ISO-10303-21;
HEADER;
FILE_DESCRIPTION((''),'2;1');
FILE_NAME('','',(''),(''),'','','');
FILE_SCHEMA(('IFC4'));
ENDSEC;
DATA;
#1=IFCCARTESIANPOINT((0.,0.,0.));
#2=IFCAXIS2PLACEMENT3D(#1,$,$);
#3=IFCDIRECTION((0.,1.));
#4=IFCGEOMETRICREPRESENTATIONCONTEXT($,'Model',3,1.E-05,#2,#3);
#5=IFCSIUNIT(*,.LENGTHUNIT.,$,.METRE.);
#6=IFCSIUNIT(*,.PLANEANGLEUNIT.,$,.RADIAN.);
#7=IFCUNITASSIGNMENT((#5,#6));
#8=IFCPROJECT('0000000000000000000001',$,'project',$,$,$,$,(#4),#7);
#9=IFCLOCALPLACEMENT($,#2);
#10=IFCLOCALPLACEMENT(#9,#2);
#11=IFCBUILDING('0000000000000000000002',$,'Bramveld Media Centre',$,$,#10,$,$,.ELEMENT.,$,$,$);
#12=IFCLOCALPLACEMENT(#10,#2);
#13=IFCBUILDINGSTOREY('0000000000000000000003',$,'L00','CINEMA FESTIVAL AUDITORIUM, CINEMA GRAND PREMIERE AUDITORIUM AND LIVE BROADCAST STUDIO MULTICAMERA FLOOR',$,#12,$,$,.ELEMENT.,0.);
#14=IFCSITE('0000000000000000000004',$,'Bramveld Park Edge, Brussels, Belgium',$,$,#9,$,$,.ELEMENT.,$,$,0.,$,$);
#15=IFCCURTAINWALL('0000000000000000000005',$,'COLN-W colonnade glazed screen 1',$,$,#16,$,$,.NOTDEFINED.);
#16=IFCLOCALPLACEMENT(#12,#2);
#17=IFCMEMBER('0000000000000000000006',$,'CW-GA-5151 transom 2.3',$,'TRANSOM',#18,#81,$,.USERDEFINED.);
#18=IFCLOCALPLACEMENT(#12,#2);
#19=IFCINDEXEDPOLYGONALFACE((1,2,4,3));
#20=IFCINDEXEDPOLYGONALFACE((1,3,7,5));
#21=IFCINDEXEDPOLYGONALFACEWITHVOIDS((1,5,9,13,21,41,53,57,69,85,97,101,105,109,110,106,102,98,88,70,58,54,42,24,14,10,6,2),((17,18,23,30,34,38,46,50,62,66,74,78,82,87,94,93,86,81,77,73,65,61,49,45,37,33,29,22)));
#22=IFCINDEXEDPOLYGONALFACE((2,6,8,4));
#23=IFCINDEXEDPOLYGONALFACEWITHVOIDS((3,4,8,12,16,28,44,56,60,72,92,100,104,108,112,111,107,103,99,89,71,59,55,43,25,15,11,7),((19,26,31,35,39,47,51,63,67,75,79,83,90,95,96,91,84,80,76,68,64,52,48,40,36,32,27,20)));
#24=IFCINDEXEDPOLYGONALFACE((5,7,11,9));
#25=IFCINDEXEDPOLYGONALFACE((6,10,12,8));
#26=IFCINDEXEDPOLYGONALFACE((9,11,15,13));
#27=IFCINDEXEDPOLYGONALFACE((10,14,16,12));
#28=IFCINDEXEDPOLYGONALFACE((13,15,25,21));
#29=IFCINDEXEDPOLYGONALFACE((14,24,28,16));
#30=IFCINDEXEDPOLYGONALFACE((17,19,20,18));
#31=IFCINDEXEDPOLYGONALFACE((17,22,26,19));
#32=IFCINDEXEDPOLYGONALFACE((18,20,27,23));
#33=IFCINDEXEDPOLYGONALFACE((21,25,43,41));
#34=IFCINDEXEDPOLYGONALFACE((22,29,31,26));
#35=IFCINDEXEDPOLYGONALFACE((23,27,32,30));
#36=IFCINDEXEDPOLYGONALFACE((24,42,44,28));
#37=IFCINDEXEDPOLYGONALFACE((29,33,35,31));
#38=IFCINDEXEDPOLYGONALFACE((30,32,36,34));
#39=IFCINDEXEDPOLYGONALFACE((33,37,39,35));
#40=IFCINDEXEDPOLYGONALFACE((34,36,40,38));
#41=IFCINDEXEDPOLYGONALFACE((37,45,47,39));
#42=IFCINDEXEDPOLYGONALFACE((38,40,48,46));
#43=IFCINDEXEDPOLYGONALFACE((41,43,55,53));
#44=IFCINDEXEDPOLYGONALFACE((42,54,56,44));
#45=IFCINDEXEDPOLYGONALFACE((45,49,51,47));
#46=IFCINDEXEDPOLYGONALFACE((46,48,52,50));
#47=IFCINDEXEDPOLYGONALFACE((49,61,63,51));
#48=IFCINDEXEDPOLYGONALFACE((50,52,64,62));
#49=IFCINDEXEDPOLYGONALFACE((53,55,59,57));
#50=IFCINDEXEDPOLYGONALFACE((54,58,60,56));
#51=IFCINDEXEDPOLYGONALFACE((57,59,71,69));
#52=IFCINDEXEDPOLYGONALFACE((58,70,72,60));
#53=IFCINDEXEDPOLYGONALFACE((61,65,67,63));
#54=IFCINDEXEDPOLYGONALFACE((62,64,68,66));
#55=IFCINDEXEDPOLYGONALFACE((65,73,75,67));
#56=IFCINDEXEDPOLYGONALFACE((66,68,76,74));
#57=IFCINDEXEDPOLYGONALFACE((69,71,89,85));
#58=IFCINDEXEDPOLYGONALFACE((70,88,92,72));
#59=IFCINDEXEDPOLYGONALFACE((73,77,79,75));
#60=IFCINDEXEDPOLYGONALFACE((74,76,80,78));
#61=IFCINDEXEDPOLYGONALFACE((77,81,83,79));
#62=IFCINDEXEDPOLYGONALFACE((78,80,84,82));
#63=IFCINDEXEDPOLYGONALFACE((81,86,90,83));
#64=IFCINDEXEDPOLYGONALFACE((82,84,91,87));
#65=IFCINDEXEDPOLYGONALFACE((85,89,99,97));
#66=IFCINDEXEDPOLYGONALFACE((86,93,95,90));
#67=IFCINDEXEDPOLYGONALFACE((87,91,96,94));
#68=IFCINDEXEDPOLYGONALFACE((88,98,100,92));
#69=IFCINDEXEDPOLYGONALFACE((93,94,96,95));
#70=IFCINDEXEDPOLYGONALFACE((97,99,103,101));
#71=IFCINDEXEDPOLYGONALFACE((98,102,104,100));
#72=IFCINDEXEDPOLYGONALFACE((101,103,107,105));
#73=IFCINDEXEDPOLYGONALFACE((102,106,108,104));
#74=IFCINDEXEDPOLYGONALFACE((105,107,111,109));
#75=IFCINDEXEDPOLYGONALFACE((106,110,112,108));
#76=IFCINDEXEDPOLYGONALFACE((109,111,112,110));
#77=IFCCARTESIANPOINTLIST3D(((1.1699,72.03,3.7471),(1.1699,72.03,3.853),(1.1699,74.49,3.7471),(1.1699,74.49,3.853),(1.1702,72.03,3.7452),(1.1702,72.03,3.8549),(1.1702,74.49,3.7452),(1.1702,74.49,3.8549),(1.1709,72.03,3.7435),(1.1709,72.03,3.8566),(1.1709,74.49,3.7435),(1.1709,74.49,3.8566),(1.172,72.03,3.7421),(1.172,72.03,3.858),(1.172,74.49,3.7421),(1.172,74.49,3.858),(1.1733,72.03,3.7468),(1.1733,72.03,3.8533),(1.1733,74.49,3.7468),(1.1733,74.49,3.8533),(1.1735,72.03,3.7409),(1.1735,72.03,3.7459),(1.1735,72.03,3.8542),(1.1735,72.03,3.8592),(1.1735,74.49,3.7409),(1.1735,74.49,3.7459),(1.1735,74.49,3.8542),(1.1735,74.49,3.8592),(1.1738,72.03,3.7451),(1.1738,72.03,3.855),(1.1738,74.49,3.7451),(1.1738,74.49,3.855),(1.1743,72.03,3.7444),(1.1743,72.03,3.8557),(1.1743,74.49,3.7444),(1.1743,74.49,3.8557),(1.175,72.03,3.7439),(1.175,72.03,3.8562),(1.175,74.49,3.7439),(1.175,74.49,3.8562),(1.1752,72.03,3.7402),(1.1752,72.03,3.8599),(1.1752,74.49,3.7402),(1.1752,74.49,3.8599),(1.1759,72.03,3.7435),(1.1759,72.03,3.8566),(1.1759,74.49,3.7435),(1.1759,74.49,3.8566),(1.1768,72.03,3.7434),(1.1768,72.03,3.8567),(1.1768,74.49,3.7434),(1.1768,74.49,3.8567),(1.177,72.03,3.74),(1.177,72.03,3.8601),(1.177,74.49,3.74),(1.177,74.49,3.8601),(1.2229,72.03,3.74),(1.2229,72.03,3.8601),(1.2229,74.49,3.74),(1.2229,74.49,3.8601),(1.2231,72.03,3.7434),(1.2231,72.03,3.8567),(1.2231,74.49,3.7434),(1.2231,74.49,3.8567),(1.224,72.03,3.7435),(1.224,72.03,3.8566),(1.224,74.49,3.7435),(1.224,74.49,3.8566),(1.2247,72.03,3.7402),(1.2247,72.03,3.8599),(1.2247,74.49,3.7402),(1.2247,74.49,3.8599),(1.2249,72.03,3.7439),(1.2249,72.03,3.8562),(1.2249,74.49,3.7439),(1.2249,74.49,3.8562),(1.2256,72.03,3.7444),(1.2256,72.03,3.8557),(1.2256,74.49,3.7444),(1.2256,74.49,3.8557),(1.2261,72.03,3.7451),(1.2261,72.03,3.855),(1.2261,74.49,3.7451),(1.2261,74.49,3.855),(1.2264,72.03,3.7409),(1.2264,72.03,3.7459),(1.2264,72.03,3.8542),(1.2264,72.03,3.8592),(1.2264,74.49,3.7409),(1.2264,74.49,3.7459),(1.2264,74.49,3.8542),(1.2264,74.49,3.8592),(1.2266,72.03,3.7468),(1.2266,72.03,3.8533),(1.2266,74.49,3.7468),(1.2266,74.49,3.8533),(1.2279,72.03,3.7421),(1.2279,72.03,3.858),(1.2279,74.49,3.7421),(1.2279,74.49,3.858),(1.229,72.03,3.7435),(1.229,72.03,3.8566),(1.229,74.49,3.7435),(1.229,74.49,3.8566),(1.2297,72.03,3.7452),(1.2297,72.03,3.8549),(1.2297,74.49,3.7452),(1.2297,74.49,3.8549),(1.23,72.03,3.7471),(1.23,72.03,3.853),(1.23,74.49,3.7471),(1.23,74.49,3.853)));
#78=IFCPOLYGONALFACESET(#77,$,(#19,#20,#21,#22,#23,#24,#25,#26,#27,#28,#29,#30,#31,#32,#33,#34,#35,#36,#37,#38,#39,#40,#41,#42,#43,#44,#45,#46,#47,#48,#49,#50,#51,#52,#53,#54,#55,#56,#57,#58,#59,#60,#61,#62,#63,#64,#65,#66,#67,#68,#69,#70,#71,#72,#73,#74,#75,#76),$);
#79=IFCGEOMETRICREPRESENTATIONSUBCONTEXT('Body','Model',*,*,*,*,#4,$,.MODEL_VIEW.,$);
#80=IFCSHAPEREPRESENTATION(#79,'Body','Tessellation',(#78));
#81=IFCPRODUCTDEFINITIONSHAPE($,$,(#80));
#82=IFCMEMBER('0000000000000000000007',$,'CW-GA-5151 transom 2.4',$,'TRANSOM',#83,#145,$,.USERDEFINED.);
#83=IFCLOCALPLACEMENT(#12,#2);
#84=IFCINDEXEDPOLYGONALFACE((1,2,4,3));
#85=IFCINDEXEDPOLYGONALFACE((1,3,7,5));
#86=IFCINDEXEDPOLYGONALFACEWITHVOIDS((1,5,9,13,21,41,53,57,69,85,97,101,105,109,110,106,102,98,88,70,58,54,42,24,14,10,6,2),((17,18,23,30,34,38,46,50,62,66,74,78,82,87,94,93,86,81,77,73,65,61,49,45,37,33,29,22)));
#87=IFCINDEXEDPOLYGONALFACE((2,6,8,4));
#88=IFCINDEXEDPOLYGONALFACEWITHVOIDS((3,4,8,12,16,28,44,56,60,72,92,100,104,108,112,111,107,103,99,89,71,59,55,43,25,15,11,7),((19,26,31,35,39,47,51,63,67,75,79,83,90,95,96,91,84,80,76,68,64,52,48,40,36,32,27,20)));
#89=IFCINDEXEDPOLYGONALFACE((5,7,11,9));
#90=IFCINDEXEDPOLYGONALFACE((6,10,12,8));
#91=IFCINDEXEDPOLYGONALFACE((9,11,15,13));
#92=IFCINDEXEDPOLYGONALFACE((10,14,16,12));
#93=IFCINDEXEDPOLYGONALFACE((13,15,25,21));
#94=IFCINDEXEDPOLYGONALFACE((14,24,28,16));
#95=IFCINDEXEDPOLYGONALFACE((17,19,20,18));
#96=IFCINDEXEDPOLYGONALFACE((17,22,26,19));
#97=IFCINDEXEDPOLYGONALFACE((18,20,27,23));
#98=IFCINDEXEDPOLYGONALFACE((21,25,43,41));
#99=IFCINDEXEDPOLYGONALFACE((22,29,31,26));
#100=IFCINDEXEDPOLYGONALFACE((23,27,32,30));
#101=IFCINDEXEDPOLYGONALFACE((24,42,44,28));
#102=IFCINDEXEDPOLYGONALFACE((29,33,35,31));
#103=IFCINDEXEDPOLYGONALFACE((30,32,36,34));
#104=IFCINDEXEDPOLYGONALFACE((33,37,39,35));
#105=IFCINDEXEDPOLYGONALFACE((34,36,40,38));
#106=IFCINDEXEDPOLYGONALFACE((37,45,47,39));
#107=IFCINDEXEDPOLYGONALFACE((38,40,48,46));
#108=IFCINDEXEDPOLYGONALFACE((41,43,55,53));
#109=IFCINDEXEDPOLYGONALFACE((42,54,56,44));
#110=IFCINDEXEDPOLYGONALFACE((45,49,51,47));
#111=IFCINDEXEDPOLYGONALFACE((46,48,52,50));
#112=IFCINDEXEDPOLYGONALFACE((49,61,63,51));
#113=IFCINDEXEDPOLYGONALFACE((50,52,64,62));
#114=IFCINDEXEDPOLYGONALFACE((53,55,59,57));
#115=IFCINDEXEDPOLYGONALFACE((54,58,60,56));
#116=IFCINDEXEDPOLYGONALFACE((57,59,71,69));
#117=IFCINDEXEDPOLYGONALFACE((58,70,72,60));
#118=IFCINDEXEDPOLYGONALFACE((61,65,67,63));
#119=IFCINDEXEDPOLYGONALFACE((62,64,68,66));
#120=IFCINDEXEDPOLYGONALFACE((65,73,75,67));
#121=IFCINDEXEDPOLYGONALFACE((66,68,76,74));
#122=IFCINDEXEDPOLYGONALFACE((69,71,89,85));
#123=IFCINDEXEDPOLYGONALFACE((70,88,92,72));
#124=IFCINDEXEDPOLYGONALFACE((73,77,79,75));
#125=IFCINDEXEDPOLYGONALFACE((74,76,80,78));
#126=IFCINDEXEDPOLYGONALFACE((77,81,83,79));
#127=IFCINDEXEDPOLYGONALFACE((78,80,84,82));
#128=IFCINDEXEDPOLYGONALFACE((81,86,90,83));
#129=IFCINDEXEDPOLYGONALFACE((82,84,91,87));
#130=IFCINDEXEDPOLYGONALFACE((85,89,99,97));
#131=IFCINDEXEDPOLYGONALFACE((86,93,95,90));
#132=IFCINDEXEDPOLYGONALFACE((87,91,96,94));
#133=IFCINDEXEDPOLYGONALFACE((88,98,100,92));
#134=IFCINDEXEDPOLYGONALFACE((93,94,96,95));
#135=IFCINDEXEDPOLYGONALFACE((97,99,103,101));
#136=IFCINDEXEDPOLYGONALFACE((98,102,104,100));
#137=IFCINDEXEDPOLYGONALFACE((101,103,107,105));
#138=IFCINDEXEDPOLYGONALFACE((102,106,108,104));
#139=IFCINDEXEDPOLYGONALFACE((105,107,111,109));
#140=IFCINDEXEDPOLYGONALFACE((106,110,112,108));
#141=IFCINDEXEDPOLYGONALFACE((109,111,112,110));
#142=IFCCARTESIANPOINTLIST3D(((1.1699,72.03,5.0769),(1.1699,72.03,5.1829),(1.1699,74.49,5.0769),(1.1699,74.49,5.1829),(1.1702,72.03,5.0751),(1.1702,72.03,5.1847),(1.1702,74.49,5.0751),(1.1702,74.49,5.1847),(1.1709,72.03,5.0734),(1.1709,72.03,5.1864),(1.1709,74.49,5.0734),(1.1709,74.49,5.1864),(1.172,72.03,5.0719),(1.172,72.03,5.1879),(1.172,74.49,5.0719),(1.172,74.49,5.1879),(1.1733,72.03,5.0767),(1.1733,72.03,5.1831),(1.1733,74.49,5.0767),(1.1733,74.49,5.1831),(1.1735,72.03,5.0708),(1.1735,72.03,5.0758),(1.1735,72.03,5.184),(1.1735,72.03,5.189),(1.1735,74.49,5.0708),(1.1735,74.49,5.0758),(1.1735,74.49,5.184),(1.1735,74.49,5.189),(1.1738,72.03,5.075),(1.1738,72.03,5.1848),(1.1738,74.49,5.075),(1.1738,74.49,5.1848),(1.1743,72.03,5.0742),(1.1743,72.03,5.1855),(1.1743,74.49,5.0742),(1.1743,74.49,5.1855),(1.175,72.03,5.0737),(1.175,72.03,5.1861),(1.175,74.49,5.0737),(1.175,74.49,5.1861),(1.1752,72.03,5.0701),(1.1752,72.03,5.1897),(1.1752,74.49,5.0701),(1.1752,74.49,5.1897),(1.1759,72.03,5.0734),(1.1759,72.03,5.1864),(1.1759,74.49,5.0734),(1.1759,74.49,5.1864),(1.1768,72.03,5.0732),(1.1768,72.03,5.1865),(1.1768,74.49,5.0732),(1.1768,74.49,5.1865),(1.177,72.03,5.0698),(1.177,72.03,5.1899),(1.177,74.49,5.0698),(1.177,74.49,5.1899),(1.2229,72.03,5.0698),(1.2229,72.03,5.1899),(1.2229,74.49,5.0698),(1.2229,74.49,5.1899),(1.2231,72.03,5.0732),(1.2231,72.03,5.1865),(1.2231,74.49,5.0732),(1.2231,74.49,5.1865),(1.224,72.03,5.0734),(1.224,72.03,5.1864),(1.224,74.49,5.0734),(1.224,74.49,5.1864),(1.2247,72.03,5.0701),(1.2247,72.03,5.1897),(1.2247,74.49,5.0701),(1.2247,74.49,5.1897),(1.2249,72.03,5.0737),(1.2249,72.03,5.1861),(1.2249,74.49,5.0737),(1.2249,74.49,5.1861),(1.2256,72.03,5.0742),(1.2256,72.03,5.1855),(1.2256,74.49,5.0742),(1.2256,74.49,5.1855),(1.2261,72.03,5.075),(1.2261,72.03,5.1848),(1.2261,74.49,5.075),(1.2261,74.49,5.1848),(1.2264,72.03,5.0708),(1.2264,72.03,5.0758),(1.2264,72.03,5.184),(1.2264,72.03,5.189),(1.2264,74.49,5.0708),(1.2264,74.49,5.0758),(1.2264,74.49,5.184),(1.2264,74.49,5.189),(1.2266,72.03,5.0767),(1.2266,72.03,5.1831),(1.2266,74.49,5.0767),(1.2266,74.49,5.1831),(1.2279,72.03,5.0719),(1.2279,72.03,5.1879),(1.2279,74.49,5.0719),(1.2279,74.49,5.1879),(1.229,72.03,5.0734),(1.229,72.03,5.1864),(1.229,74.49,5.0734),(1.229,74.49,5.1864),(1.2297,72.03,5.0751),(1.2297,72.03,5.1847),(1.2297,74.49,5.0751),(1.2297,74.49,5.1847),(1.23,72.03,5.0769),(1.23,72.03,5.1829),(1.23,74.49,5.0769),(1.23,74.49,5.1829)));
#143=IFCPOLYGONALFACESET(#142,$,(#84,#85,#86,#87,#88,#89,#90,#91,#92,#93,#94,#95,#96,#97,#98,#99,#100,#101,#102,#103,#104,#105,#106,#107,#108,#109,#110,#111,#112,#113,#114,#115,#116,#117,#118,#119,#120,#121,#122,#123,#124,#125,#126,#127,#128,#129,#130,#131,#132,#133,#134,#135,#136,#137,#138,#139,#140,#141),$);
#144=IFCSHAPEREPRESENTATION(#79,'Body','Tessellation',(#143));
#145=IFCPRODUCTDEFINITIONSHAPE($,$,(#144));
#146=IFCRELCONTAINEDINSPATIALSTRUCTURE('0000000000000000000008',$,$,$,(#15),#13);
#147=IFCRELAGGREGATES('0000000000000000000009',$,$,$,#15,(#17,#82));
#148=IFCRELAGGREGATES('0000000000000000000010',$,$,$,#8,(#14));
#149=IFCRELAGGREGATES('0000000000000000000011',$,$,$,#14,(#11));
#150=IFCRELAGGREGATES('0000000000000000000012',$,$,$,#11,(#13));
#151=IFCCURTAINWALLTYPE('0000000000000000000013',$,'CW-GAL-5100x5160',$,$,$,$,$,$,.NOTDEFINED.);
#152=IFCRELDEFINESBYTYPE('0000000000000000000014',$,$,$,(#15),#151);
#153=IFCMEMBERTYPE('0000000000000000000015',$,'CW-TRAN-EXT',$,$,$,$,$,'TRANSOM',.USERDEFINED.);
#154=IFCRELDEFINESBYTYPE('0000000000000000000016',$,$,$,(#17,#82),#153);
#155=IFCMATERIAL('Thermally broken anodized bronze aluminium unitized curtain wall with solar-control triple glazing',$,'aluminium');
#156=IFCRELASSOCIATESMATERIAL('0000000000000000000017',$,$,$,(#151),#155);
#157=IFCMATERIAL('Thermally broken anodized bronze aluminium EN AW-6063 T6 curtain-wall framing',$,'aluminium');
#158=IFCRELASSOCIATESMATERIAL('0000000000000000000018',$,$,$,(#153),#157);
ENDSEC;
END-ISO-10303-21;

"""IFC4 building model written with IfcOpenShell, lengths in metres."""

from ifc_helpers import new_model, si_unit, direction, frame, origin, origin_2d, place, context, subcontext, project, spatial, hollow_rectangle, extrude, material, material_profile, profile_set, type_object, element, aggregate, save


model = new_model("IFC4")

# Units and contexts
model_context = context("Model", 3, precision=1e-05, world=origin(), true_north=direction((0.0, 1.0)))
body_context = subcontext(model_context, "Body", "Model", "MODEL_VIEW")
ifc_project = project(units=[si_unit("LENGTHUNIT", "METRE"), si_unit("PLANEANGLEUNIT", "RADIAN")], contexts=[model_context])

# Site, building, storey
site_placement = place(None, origin())
site = spatial("IfcSite", under=ifc_project, at=site_placement, Name="Bramveld Park Edge, Brussels, Belgium", CompositionType="ELEMENT", RefElevation=0.0)
building_placement = place(site_placement, origin())
building = spatial("IfcBuilding", under=site, at=building_placement, Name="Bramveld Media Centre", CompositionType="ELEMENT")
storey_placement = place(building_placement, origin())
storey = spatial("IfcBuildingStorey", under=building, at=storey_placement, Name="L00", Description="CINEMA FESTIVAL AUDITORIUM, CINEMA GRAND PREMIERE AUDITORIUM AND LIVE BROADCAST STUDIO MULTICAMERA FLOOR", CompositionType="ELEMENT", Elevation=0.0)

# Curtain wall
ifc_material_1 = material(Name="Thermally broken anodized bronze aluminium unitized curtain wall with solar-control triple glazing", Category="aluminium")
curtain_wall_type_1 = type_object("IfcCurtainWallType", Name="CW-GAL-5100x5160", PredefinedType="NOTDEFINED", material=ifc_material_1)
curtain_wall_1_placement = place(storey_placement, origin())
curtain_wall_1 = element("IfcCurtainWall", 1, at=curtain_wall_1_placement, inside=storey, type_object=curtain_wall_type_1, Name="COLN-W colonnade glazed screen 1", PredefinedType="NOTDEFINED")

# Members
ifc_material_2 = material(Name="Thermally broken anodized bronze aluminium EN AW-6063 T6 curtain-wall framing", Category="aluminium")
ifc_material_profile_1 = material_profile(ifc_material_2, hollow_rectangle(XDim=0.0601, YDim=0.1201, WallThickness=0.0034, InnerFilletRadius=0.0034, OuterFilletRadius=0.0071, at=origin_2d()), Name="AL-TRAN 60x120")
ifc_profile_set_1 = profile_set([ifc_material_profile_1], Name="Thermally broken anodized bronze aluminium EN AW-6063 T6 curtain-wall framing")
member_type_1 = type_object("IfcMemberType", Name="CW-TRAN-EXT", ElementType="TRANSOM", PredefinedType="USERDEFINED", material=ifc_profile_set_1)
member_1_placement = place(storey_placement, frame((1.2, 72.03, 3.8), z_axis=(0.0, 1.0, 0.0), x_axis=(-1.0, 0.0, 0.0)))
member_1 = element("IfcMember", 2, at=member_1_placement, type_object=member_type_1, Name="CW-GA-5151 transom 2.3", ObjectType="TRANSOM", PredefinedType="USERDEFINED", context=body_context, shape_type="SweptSolid", body=[
    extrude(hollow_rectangle(XDim=0.0601, YDim=0.1201, WallThickness=0.0034, InnerFilletRadius=0.0034, OuterFilletRadius=0.0071, at=origin_2d()), origin(), (0.0, 0.0, 1.0), 2.46),
])
member_2_placement = place(storey_placement, frame((1.2, 72.03, 5.1299), z_axis=(0.0, 1.0, 0.0), x_axis=(-1.0, 0.0, 0.0)))
member_2 = element("IfcMember", 3, at=member_2_placement, type_object=member_type_1, Name="CW-GA-5151 transom 2.4", ObjectType="TRANSOM", PredefinedType="USERDEFINED", context=body_context, shape_type="SweptSolid", body=[
    extrude(hollow_rectangle(XDim=0.0601, YDim=0.1201, WallThickness=0.0034, InnerFilletRadius=0.0034, OuterFilletRadius=0.0071, at=origin_2d()), origin(), (0.0, 0.0, 1.0), 2.46),
])

aggregate(curtain_wall_1, [member_1, member_2])

save(model, "model.ifc")
